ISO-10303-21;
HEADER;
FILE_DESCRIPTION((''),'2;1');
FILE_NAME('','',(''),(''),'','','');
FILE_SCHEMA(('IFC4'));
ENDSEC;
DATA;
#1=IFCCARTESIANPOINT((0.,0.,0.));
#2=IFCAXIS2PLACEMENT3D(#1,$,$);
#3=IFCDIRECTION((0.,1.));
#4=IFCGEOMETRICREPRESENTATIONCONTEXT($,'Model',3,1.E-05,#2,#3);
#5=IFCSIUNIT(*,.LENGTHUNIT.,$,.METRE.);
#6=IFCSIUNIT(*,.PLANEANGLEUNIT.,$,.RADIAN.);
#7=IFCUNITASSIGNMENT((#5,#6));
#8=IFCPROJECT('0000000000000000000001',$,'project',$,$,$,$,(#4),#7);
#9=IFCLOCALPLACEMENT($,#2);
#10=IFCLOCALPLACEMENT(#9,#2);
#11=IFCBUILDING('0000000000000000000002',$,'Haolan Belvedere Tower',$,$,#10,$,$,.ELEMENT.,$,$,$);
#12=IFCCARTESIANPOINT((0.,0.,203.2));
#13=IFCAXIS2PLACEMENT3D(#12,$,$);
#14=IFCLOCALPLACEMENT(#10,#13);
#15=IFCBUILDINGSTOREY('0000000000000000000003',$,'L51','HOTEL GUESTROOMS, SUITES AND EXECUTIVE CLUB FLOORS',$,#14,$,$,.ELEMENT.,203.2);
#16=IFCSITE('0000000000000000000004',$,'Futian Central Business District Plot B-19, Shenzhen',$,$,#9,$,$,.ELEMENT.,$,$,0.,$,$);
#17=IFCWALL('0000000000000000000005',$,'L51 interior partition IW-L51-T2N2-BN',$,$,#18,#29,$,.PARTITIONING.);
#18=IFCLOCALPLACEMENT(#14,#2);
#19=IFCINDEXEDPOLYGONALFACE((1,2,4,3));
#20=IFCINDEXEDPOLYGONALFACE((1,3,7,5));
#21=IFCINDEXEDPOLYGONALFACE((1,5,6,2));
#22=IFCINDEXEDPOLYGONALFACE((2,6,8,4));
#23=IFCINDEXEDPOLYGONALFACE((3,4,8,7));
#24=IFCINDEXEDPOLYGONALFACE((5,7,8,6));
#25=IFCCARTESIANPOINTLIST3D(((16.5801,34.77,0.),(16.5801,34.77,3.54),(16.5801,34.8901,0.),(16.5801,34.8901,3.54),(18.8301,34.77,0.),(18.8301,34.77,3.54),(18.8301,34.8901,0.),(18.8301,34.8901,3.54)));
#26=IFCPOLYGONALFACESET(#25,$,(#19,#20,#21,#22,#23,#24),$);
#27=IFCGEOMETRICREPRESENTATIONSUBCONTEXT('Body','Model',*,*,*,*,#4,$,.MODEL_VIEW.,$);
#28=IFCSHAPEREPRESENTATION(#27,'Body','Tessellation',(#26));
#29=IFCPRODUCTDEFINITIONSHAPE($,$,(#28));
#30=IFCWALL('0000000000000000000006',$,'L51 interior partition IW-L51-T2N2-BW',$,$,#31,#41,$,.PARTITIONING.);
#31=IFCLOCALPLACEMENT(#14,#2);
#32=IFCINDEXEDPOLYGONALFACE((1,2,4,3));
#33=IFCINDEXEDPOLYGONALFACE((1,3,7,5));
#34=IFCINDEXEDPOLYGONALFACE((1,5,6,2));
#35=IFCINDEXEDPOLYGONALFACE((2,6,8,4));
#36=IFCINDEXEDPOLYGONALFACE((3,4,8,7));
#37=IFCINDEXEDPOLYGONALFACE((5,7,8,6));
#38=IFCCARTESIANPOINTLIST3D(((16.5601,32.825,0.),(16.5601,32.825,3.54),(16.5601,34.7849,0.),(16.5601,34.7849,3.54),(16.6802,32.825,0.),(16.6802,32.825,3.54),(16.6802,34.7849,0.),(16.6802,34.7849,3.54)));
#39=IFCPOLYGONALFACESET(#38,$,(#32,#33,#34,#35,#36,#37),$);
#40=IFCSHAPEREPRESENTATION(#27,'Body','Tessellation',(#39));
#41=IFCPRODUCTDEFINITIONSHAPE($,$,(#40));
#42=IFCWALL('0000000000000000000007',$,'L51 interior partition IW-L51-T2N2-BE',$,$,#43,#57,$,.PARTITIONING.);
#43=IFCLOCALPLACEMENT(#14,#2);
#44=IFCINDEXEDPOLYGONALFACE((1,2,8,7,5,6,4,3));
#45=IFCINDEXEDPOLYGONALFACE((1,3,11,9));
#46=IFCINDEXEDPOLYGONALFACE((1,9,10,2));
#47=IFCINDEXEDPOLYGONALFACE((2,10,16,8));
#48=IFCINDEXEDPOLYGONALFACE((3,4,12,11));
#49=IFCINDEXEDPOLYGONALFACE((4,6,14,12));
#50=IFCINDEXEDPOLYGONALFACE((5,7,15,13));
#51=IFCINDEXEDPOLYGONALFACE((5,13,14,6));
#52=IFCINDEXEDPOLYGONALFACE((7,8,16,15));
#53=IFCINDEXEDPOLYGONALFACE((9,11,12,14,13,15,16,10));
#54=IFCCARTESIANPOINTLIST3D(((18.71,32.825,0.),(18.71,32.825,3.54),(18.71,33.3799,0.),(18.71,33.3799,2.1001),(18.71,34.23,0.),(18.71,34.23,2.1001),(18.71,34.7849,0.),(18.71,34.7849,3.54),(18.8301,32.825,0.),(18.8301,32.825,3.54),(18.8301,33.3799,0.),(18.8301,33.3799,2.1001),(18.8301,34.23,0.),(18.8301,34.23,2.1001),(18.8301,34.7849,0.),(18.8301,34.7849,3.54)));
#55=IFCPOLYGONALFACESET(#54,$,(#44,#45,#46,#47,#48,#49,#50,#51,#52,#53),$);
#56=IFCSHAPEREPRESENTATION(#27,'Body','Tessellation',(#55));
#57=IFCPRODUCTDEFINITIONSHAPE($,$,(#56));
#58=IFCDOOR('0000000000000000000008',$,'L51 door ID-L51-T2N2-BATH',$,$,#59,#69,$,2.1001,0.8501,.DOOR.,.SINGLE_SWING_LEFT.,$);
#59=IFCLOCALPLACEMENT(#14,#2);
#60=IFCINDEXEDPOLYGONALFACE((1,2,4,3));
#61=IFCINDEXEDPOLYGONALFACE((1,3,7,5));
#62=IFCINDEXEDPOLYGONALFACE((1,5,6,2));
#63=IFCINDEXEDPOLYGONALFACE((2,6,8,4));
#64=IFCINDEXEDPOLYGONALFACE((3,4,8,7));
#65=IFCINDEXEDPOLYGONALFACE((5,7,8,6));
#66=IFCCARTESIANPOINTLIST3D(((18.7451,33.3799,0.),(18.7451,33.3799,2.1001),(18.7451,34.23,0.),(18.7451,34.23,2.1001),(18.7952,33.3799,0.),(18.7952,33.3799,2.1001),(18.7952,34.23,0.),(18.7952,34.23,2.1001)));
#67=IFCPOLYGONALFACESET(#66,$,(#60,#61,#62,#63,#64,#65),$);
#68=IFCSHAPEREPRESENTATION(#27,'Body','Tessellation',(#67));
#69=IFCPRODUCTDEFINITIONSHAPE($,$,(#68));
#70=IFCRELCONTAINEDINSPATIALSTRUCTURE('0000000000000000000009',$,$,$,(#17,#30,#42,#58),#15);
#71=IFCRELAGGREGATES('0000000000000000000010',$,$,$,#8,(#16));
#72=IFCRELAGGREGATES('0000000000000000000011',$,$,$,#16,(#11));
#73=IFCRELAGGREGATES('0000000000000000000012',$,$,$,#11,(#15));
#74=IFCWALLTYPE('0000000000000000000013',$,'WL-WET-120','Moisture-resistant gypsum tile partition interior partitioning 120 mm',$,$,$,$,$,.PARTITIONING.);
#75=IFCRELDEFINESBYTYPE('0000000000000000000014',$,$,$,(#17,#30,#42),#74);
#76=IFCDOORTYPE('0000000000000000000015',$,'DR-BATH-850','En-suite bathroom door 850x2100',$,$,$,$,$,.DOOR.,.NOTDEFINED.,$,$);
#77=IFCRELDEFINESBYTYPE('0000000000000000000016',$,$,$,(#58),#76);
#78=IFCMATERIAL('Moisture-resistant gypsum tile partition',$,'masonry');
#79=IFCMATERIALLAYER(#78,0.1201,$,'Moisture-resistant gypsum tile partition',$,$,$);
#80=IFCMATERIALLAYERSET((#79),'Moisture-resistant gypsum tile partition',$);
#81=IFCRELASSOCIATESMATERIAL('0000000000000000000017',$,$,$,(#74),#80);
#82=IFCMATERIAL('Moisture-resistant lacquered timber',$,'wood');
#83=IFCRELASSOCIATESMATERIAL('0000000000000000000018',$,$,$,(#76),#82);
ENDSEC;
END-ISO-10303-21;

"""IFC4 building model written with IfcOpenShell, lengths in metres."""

from ifc_helpers import new_model, si_unit, direction, frame, frame_2d, origin, place, context, subcontext, project, spatial, rectangle, extrude, material, layer, layer_set, type_object, element, fill, save


model = new_model("IFC4")

# Units and contexts
model_context = context("Model", 3, precision=1e-05, world=origin(), true_north=direction((0.0, 1.0)))
body_context = subcontext(model_context, "Body", "Model", "MODEL_VIEW")
ifc_project = project(units=[si_unit("LENGTHUNIT", "METRE"), si_unit("PLANEANGLEUNIT", "RADIAN")], contexts=[model_context])

# Site, building, storey
site_placement = place(None, origin())
site = spatial("IfcSite", under=ifc_project, at=site_placement, Name="Futian Central Business District Plot B-19, Shenzhen", CompositionType="ELEMENT", RefElevation=0.0)
building_placement = place(site_placement, origin())
building = spatial("IfcBuilding", under=site, at=building_placement, Name="Haolan Belvedere Tower", CompositionType="ELEMENT")
storey_placement = place(building_placement, frame((0.0, 0.0, 203.2)))
storey = spatial("IfcBuildingStorey", under=building, at=storey_placement, Name="L51", Description="HOTEL GUESTROOMS, SUITES AND EXECUTIVE CLUB FLOORS", CompositionType="ELEMENT", Elevation=203.2)

# Walls
ifc_material_1 = material(Name="Moisture-resistant gypsum tile partition", Category="masonry")
ifc_layer_1 = layer(ifc_material_1, 0.1201, Name="Moisture-resistant gypsum tile partition")
ifc_layer_set_1 = layer_set([ifc_layer_1], Name="Moisture-resistant gypsum tile partition")
wall_type_1 = type_object("IfcWallType", Name="WL-WET-120", Description="Moisture-resistant gypsum tile partition interior partitioning 120 mm", PredefinedType="PARTITIONING", material=ifc_layer_set_1)
wall_1_placement = place(storey_placement, frame((16.5801, 34.8301, 0.0), z_axis=(0.0, 0.0, 1.0), x_axis=(1.0, 0.0, 0.0)))
element("IfcWall", 1, at=wall_1_placement, inside=storey, type_object=wall_type_1, Name="L51 interior partition IW-L51-T2N2-BN", PredefinedType="PARTITIONING", context=body_context, shape_type="SweptSolid", body=[
    extrude(rectangle(XDim=2.25, YDim=0.1201, at=frame_2d((1.125, 0.0))), origin(), (0.0, 0.0, 1.0), 3.54),
])
wall_2_placement = place(storey_placement, frame((16.6201, 32.825, 0.0), z_axis=(0.0, 0.0, 1.0), x_axis=(0.0, 1.0, 0.0)))
element("IfcWall", 2, at=wall_2_placement, inside=storey, type_object=wall_type_1, Name="L51 interior partition IW-L51-T2N2-BW", PredefinedType="PARTITIONING", context=body_context, shape_type="SweptSolid", body=[
    extrude(rectangle(XDim=1.96, YDim=0.1201, at=frame_2d((0.98, 0.0))), origin(), (0.0, 0.0, 1.0), 3.54),
])

# Wall, opening, door
wall_3_placement = place(storey_placement, frame((18.77, 32.825, 0.0), z_axis=(0.0, 0.0, 1.0), x_axis=(0.0, 1.0, 0.0)))
wall_3 = element("IfcWall", 3, at=wall_3_placement, inside=storey, type_object=wall_type_1, Name="L51 interior partition IW-L51-T2N2-BE", PredefinedType="PARTITIONING", context=body_context, shape_type="SweptSolid", body=[
    extrude(rectangle(XDim=1.96, YDim=0.1201, at=frame_2d((0.98, 0.0))), origin(), (0.0, 0.0, 1.0), 3.54),
])
opening_1_placement = place(wall_3_placement, frame((0.5549, 0.0, 0.0)))
opening_1 = element("IfcOpeningElement", 4, at=opening_1_placement, cuts=wall_3, PredefinedType="OPENING", context=body_context, shape_type="SweptSolid", body=[
    extrude(rectangle(XDim=0.8501, YDim=2.1001, at=frame_2d((0.425, 1.05))), frame((0.0, 0.0701, 0.0), z_axis=(0.0, -1.0, 0.0), x_axis=(1.0, 0.0, 0.0)), (0.0, 0.0, 1.0), 0.1401),
])
ifc_material_2 = material(Name="Moisture-resistant lacquered timber", Category="wood")
door_type = type_object("IfcDoorType", Name="DR-BATH-850", Description="En-suite bathroom door 850x2100", OperationType="NOTDEFINED", PredefinedType="DOOR", material=ifc_material_2)
door_placement = place(opening_1_placement, origin())
door = element("IfcDoor", 5, at=door_placement, inside=storey, type_object=door_type, Name="L51 door ID-L51-T2N2-BATH", OperationType="SINGLE_SWING_LEFT", OverallHeight=2.1001, OverallWidth=0.8501, PredefinedType="DOOR", context=body_context, shape_type="SweptSolid", body=[
    extrude(rectangle(XDim=0.8501, YDim=2.1001, at=frame_2d((0.425, 1.05))), frame((0.0, 0.0249, 0.0), z_axis=(0.0, -1.0, 0.0), x_axis=(1.0, 0.0, 0.0)), (0.0, 0.0, 1.0), 0.05),
])
fill(opening_1, door)

save(model, "model.ifc")
